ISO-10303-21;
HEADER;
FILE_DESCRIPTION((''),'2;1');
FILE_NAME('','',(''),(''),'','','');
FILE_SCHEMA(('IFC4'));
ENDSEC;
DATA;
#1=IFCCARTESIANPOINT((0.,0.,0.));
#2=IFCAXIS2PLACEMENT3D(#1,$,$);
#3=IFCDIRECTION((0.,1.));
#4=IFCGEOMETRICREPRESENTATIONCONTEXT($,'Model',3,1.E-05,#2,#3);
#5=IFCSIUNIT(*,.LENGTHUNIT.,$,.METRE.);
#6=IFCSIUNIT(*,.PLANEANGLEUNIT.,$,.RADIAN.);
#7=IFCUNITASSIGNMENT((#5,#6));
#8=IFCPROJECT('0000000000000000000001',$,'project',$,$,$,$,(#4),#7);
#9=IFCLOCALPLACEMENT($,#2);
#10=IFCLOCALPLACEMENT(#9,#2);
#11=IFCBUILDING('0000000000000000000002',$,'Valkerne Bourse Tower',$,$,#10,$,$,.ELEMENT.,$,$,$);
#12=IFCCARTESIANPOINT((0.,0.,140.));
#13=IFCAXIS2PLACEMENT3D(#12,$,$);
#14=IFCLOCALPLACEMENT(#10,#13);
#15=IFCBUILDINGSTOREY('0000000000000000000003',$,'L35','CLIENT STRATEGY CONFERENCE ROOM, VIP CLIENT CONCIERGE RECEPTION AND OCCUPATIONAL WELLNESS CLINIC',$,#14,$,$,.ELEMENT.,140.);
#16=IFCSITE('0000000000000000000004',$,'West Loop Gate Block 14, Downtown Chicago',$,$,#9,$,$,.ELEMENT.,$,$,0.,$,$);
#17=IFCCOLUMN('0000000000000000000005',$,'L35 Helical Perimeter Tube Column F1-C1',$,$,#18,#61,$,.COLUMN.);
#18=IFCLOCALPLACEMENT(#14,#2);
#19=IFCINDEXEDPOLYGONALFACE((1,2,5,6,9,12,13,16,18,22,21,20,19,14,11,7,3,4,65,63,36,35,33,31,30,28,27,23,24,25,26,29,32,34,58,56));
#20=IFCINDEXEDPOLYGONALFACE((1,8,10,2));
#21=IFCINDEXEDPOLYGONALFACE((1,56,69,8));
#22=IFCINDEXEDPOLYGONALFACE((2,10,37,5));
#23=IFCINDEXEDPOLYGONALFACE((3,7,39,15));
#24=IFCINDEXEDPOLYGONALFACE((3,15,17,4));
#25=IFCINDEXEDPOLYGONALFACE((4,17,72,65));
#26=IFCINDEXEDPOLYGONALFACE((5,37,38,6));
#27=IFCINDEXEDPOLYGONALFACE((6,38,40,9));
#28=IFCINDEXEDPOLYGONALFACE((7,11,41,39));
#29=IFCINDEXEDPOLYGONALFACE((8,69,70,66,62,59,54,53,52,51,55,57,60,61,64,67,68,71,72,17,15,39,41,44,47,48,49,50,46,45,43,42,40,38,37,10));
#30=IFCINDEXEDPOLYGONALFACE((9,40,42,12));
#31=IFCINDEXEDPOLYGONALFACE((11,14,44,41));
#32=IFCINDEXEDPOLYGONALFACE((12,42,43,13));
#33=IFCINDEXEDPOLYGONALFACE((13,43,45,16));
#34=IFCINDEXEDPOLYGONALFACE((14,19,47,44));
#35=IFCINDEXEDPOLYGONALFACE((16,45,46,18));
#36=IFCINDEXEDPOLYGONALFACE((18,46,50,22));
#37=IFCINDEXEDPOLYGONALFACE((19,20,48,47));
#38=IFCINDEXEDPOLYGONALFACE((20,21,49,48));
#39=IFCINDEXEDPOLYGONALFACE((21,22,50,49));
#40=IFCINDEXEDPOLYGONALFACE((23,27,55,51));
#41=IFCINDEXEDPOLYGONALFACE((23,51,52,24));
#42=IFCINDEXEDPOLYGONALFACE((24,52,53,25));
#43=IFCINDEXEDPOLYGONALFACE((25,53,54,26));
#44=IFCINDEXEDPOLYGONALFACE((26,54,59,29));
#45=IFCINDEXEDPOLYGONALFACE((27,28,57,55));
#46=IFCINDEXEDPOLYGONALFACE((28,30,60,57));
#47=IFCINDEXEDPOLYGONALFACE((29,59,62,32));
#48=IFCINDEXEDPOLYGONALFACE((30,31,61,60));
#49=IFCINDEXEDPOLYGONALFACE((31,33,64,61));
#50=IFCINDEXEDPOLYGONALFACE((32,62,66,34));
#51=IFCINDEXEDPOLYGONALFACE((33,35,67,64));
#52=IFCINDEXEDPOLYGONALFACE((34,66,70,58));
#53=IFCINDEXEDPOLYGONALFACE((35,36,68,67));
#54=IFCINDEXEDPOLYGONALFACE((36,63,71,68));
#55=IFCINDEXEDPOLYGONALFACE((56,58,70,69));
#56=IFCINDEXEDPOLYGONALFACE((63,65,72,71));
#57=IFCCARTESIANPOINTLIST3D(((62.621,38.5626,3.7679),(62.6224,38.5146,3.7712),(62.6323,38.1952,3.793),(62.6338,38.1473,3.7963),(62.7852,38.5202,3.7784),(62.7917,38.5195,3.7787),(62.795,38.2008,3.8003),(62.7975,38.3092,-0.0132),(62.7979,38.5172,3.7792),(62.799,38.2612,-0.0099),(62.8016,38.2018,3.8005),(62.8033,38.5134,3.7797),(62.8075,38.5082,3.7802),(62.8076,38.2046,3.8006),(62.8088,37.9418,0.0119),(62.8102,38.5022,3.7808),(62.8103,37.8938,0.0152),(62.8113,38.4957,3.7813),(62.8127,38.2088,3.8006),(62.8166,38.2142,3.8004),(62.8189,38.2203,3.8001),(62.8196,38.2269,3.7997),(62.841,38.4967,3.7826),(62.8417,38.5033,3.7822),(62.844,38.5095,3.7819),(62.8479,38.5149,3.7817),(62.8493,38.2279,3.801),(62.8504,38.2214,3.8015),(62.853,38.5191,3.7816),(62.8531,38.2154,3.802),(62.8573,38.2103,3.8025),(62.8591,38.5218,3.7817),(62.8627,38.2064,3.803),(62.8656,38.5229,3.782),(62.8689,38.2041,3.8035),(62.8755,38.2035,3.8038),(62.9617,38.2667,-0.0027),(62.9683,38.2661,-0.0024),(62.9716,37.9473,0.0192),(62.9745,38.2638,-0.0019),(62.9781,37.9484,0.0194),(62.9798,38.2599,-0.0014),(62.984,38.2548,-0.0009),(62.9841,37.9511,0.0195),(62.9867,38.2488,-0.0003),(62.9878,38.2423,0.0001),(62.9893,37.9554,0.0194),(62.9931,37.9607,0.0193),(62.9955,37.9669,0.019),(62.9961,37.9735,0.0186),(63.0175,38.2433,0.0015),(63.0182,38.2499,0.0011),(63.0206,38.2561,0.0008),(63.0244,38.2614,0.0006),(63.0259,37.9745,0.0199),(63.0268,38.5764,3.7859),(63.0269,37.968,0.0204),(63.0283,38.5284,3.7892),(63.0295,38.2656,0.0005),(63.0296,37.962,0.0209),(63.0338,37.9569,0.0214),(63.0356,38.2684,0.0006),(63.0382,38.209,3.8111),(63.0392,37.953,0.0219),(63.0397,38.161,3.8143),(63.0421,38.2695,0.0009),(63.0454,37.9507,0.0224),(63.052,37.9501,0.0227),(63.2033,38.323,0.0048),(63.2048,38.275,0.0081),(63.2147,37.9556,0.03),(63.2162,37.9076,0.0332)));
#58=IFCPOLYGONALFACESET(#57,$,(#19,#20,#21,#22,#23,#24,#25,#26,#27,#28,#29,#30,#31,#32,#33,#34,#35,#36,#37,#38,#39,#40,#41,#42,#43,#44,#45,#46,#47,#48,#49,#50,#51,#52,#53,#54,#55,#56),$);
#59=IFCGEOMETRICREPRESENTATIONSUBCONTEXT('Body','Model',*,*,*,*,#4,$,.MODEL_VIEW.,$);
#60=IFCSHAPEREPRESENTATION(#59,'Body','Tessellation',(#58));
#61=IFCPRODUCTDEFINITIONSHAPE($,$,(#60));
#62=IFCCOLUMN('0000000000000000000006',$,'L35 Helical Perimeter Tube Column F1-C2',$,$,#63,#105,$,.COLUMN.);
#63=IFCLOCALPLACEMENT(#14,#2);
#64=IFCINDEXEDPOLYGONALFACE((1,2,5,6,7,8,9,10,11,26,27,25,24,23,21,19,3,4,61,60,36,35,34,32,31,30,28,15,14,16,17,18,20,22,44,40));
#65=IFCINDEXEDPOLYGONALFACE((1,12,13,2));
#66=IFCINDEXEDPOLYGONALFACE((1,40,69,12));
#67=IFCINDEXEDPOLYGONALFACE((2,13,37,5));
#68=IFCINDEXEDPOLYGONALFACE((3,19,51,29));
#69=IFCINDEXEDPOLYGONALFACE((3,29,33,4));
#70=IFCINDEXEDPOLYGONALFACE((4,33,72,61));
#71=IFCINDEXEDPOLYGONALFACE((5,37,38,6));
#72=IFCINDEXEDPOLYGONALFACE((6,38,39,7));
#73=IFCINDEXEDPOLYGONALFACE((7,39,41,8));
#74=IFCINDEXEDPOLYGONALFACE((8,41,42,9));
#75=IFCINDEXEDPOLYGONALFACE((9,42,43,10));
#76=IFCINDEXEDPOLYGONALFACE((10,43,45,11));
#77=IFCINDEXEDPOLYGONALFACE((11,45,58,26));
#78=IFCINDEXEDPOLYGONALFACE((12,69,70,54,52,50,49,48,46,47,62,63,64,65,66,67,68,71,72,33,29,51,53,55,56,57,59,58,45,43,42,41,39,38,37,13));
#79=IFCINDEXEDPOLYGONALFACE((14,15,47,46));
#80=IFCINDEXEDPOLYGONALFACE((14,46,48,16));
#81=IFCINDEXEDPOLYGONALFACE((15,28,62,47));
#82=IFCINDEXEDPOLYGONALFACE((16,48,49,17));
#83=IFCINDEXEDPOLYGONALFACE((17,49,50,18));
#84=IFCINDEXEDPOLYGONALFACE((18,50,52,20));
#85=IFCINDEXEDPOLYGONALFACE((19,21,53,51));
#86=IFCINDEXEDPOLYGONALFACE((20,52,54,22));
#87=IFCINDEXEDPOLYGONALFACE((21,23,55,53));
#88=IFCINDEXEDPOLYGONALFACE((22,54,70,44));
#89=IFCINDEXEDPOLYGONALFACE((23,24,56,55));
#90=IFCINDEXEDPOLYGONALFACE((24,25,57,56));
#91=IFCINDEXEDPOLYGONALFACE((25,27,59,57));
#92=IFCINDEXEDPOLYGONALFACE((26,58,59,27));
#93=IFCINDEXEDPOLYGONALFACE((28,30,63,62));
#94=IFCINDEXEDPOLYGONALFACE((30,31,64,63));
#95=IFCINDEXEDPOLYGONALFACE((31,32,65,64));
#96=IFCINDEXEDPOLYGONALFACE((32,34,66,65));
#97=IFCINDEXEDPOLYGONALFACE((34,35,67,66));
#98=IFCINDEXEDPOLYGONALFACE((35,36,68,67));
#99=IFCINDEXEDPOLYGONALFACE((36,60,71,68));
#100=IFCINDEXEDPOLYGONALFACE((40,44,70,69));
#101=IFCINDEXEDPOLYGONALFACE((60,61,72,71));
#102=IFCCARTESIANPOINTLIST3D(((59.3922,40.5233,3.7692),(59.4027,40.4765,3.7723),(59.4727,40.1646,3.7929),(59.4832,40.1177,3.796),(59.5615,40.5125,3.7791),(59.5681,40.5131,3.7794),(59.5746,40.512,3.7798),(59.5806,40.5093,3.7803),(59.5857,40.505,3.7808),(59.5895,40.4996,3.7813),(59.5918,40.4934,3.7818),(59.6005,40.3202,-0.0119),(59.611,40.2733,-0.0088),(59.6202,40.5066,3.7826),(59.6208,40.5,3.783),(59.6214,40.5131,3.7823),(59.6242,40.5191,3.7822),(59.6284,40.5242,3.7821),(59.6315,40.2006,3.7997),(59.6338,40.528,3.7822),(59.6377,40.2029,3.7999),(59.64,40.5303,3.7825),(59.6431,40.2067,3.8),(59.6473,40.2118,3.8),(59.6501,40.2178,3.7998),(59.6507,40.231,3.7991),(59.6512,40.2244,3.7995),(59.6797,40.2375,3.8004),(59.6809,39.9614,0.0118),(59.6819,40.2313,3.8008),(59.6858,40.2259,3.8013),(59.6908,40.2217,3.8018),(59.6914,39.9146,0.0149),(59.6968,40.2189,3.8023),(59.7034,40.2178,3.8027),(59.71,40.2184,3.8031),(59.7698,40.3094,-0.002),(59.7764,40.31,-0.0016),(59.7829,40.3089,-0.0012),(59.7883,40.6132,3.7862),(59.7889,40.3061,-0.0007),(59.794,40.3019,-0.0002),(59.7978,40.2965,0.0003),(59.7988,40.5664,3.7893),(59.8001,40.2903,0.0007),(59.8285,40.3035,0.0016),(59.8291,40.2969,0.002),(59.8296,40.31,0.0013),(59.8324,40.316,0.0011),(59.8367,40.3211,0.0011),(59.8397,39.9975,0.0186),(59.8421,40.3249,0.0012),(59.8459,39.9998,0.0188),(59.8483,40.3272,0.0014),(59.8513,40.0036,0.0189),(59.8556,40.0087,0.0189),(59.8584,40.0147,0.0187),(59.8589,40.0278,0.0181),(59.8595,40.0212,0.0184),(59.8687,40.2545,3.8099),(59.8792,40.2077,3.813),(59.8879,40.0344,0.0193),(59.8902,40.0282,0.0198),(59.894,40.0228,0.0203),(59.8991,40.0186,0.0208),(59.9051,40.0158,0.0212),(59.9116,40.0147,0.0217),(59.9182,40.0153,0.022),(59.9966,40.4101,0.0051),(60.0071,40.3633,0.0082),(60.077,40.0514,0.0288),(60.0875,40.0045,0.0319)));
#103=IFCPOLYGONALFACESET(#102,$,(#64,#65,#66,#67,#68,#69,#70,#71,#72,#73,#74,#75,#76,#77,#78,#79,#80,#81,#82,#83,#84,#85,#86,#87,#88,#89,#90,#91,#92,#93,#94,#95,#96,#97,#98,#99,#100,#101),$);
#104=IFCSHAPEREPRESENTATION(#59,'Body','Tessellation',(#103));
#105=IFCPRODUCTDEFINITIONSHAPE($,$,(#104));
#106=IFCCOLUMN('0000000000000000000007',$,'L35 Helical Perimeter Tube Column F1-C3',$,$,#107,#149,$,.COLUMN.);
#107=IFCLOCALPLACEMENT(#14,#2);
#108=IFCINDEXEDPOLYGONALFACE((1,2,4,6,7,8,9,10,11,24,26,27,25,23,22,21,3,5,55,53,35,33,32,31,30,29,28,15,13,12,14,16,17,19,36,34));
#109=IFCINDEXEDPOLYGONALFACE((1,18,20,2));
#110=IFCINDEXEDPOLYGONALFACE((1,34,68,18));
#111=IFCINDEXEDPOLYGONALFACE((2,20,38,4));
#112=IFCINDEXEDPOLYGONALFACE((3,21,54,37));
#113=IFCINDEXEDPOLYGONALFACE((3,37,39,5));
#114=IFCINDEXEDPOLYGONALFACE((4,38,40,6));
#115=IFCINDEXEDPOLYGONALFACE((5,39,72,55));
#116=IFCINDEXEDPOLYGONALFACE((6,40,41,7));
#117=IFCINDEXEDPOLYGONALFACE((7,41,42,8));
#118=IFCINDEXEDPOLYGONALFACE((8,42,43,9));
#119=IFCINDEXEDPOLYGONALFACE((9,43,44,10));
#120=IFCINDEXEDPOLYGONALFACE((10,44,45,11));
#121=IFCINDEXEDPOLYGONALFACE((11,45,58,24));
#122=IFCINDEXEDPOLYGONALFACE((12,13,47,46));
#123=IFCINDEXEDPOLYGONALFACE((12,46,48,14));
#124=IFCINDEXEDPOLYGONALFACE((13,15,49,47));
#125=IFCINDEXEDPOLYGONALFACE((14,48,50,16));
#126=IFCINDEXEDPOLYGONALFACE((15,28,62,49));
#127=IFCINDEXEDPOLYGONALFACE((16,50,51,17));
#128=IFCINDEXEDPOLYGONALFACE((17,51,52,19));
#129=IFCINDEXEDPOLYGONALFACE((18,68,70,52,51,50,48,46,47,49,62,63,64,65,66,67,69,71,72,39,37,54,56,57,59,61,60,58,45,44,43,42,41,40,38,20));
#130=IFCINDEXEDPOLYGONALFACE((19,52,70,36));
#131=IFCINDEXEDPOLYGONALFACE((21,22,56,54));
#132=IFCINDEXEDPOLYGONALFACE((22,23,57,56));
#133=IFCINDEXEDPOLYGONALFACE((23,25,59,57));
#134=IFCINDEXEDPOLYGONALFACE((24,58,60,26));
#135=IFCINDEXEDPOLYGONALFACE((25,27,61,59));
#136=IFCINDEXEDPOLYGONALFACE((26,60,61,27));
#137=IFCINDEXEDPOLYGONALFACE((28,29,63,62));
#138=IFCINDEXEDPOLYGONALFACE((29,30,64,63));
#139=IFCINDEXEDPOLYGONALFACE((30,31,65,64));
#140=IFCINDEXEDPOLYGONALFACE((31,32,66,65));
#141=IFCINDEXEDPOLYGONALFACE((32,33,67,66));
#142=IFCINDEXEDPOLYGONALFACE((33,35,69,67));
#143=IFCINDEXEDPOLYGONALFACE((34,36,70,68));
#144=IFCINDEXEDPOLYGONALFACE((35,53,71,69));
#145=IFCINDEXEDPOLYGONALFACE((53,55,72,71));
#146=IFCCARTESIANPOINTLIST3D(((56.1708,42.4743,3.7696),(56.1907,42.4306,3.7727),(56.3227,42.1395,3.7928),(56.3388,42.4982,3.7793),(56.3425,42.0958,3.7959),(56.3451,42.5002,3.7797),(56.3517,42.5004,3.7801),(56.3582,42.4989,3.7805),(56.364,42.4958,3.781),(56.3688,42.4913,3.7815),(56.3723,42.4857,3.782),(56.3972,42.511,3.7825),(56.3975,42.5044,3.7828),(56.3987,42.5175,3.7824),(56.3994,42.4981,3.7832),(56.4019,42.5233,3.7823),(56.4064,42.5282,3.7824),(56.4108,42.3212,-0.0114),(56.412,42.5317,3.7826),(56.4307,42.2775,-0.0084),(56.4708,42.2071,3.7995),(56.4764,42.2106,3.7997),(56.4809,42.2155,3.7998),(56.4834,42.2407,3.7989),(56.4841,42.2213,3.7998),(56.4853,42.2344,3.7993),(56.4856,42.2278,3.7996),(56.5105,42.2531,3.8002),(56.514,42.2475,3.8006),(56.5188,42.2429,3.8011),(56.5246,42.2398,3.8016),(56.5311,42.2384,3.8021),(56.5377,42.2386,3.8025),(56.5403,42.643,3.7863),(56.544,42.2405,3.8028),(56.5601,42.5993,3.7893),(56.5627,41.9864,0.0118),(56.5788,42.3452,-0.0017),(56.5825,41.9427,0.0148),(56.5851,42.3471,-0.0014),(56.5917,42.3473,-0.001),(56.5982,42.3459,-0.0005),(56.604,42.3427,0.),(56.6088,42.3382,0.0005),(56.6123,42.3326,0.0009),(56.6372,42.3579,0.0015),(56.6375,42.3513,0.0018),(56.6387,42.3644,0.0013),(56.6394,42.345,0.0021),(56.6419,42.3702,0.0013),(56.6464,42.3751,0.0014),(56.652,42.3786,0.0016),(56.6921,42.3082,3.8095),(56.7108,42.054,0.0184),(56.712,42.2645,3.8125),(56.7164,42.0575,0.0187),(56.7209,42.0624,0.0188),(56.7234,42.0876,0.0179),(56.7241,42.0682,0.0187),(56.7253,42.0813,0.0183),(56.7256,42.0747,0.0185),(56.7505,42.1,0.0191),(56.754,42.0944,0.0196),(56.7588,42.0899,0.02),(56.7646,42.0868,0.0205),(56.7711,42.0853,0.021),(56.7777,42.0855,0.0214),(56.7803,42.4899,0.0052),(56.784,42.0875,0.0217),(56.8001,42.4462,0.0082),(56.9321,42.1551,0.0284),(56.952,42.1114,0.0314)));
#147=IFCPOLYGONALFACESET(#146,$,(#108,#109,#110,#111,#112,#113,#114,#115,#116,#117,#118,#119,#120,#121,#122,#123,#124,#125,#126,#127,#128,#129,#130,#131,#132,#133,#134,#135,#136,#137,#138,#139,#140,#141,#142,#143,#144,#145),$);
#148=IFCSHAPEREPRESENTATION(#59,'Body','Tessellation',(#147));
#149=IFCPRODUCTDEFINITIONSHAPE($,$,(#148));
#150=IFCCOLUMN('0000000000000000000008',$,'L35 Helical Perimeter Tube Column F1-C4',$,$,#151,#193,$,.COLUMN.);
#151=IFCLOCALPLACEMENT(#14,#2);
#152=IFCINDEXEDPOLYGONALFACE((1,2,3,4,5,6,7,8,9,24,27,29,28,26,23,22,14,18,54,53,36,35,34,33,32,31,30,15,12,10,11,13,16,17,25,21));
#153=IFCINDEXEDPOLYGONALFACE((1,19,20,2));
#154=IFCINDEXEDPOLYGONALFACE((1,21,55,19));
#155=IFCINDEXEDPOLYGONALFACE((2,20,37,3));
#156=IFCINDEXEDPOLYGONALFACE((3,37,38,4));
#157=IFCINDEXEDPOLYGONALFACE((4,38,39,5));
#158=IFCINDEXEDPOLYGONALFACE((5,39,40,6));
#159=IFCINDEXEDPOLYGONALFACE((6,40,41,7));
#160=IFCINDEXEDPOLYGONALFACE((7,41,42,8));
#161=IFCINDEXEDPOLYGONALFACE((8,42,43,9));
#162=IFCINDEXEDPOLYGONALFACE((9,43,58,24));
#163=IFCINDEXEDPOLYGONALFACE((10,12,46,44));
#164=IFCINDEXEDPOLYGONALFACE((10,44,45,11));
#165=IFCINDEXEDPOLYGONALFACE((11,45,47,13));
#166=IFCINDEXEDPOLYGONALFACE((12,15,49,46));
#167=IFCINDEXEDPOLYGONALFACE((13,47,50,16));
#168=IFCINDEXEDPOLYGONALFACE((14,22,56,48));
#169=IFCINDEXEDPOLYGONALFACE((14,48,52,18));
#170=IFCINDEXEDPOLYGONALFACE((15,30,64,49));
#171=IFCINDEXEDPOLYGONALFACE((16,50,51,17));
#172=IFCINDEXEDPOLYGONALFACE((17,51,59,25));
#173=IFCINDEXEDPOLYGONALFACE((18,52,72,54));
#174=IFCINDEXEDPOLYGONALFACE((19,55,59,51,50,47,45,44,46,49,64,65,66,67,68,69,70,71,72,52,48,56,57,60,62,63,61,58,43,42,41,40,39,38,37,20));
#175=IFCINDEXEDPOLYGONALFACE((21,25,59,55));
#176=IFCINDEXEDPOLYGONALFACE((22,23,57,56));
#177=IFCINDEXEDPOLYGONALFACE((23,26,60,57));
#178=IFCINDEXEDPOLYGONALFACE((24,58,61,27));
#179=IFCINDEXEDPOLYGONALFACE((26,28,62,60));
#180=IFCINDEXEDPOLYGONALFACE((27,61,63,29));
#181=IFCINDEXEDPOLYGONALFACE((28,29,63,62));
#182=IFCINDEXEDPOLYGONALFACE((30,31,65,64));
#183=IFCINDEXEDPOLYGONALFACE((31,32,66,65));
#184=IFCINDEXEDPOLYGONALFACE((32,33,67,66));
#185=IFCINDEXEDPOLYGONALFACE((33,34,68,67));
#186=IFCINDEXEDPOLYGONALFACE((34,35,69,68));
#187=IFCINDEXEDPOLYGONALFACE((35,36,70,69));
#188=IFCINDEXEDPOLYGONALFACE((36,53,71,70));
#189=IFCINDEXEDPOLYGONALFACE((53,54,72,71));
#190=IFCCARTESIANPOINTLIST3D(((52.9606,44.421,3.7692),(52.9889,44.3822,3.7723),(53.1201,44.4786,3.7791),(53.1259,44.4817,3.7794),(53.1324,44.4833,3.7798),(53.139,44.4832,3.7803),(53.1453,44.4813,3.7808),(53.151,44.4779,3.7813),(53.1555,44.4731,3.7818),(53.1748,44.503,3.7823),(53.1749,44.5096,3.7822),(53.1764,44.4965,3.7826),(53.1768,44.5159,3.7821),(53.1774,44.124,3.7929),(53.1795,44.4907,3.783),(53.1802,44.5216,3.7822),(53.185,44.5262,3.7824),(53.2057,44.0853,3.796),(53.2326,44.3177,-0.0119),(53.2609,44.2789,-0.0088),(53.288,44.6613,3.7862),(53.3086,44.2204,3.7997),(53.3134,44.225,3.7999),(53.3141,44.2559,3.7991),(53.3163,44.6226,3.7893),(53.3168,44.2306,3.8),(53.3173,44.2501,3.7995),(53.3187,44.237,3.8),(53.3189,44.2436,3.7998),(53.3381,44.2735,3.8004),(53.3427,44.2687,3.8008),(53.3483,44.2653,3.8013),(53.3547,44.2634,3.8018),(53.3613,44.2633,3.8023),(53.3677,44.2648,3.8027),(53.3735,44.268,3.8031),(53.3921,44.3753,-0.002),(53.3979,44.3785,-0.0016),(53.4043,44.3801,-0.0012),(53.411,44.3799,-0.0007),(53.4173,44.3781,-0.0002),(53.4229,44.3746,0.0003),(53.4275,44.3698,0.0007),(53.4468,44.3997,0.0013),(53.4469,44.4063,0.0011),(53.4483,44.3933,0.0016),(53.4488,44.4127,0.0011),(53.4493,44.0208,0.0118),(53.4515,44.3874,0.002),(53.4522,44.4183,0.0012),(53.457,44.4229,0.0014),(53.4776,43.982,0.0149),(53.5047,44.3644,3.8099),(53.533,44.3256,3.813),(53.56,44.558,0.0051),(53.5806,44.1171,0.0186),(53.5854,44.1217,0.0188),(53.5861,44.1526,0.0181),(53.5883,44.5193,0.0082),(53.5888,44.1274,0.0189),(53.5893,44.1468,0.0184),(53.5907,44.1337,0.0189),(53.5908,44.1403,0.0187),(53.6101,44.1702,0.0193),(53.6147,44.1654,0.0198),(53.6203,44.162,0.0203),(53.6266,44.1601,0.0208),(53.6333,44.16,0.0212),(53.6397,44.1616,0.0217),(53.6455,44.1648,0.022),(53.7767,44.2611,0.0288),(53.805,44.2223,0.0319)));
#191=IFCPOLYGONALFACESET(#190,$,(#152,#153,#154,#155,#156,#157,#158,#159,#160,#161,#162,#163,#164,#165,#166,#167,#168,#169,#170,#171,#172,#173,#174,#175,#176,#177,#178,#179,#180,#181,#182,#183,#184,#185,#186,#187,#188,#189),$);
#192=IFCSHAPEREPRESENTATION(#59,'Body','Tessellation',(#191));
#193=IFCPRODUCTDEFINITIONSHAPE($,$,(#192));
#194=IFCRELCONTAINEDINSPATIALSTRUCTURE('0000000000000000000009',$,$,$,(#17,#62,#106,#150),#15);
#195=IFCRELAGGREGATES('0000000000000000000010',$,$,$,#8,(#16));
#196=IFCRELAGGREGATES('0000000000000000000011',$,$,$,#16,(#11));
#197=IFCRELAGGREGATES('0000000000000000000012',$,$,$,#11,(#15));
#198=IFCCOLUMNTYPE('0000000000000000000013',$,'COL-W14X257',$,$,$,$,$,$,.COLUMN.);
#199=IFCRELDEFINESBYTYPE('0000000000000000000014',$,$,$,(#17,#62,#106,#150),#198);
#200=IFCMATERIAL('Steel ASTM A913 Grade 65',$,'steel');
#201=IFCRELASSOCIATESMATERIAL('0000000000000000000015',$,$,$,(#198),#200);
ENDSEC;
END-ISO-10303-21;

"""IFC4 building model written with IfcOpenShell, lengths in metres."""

from ifc_helpers import new_model, si_unit, direction, frame, origin, origin_2d, place, context, subcontext, project, spatial, i_section, extrude, material, material_profile, profile_set, type_object, element, save


model = new_model("IFC4")

# Units and contexts
model_context = context("Model", 3, precision=1e-05, world=origin(), true_north=direction((0.0, 1.0)))
body_context = subcontext(model_context, "Body", "Model", "MODEL_VIEW")
ifc_project = project(units=[si_unit("LENGTHUNIT", "METRE"), si_unit("PLANEANGLEUNIT", "RADIAN")], contexts=[model_context])

# Site, building, storey
site_placement = place(None, origin())
site = spatial("IfcSite", under=ifc_project, at=site_placement, Name="West Loop Gate Block 14, Downtown Chicago", CompositionType="ELEMENT", RefElevation=0.0)
building_placement = place(site_placement, origin())
building = spatial("IfcBuilding", under=site, at=building_placement, Name="Valkerne Bourse Tower", CompositionType="ELEMENT")
storey_placement = place(building_placement, frame((0.0, 0.0, 140.0)))
storey = spatial("IfcBuildingStorey", under=building, at=storey_placement, Name="L35", Description="CLIENT STRATEGY CONFERENCE ROOM, VIP CLIENT CONCIERGE RECEPTION AND OCCUPATIONAL WELLNESS CLINIC", CompositionType="ELEMENT", Elevation=140.0)

# Columns
ifc_material_1 = material(Name="Steel ASTM A913 Grade 65", Category="steel")
ifc_material_profile_1 = material_profile(ifc_material_1, i_section(OverallWidth=0.4065, OverallDepth=0.4165, WebThickness=0.0298, FlangeThickness=0.0481, FilletRadius=0.0254, at=origin_2d()), Name="W14X257")
ifc_profile_set_1 = profile_set([ifc_material_profile_1], Name="Steel ASTM A913 Grade 65")
column_type = type_object("IfcColumnType", Name="COL-W14X257", PredefinedType="COLUMN", material=ifc_profile_set_1)
column_1_placement = place(storey_placement, frame((63.0068, 38.1084, 0.01), z_axis=(-0.046529, 0.066801, 0.996681), x_axis=(0.998441, 0.033914, 0.044339)))
element("IfcColumn", 1, at=column_1_placement, inside=storey, type_object=column_type, Name="L35 Helical Perimeter Tube Column F1-C1", PredefinedType="COLUMN", context=body_context, shape_type="SweptSolid", body=[
    extrude(i_section(OverallWidth=0.4065, OverallDepth=0.4165, WebThickness=0.0298, FlangeThickness=0.0481, FilletRadius=0.0254, at=origin_2d()), origin(), (0.0, 0.0, 1.0), 3.7937),
])
column_2_placement = place(storey_placement, frame((59.844, 40.1624, 0.01), z_axis=(-0.054916, 0.053564, 0.997053), x_axis=(0.974332, 0.221206, 0.041781)))
element("IfcColumn", 2, at=column_2_placement, inside=storey, type_object=column_type, Name="L35 Helical Perimeter Tube Column F1-C2", PredefinedType="COLUMN", context=body_context, shape_type="SweptSolid", body=[
    extrude(i_section(OverallWidth=0.4065, OverallDepth=0.4165, WebThickness=0.0298, FlangeThickness=0.0481, FilletRadius=0.0254, at=origin_2d()), origin(), (0.0, 0.0, 1.0), 3.7922),
])
column_3_placement = place(storey_placement, frame((56.6814, 42.2163, 0.01), z_axis=(-0.063293, 0.040371, 0.997178), x_axis=(0.908893, 0.415019, 0.040888)))
element("IfcColumn", 3, at=column_3_placement, inside=storey, type_object=column_type, Name="L35 Helical Perimeter Tube Column F1-C3", PredefinedType="COLUMN", context=body_context, shape_type="SweptSolid", body=[
    extrude(i_section(OverallWidth=0.4065, OverallDepth=0.4165, WebThickness=0.0298, FlangeThickness=0.0481, FilletRadius=0.0254, at=origin_2d()), origin(), (0.0, 0.0, 1.0), 3.7917),
])
column_4_placement = place(storey_placement, frame((53.5188, 44.27, 0.01), z_axis=(-0.071719, 0.027233, 0.997053), x_axis=(0.805382, 0.591282, 0.041782)))
element("IfcColumn", 4, at=column_4_placement, inside=storey, type_object=column_type, Name="L35 Helical Perimeter Tube Column F1-C4", PredefinedType="COLUMN", context=body_context, shape_type="SweptSolid", body=[
    extrude(i_section(OverallWidth=0.4065, OverallDepth=0.4165, WebThickness=0.0298, FlangeThickness=0.0481, FilletRadius=0.0254, at=origin_2d()), origin(), (0.0, 0.0, 1.0), 3.7922),
])

save(model, "model.ifc")
